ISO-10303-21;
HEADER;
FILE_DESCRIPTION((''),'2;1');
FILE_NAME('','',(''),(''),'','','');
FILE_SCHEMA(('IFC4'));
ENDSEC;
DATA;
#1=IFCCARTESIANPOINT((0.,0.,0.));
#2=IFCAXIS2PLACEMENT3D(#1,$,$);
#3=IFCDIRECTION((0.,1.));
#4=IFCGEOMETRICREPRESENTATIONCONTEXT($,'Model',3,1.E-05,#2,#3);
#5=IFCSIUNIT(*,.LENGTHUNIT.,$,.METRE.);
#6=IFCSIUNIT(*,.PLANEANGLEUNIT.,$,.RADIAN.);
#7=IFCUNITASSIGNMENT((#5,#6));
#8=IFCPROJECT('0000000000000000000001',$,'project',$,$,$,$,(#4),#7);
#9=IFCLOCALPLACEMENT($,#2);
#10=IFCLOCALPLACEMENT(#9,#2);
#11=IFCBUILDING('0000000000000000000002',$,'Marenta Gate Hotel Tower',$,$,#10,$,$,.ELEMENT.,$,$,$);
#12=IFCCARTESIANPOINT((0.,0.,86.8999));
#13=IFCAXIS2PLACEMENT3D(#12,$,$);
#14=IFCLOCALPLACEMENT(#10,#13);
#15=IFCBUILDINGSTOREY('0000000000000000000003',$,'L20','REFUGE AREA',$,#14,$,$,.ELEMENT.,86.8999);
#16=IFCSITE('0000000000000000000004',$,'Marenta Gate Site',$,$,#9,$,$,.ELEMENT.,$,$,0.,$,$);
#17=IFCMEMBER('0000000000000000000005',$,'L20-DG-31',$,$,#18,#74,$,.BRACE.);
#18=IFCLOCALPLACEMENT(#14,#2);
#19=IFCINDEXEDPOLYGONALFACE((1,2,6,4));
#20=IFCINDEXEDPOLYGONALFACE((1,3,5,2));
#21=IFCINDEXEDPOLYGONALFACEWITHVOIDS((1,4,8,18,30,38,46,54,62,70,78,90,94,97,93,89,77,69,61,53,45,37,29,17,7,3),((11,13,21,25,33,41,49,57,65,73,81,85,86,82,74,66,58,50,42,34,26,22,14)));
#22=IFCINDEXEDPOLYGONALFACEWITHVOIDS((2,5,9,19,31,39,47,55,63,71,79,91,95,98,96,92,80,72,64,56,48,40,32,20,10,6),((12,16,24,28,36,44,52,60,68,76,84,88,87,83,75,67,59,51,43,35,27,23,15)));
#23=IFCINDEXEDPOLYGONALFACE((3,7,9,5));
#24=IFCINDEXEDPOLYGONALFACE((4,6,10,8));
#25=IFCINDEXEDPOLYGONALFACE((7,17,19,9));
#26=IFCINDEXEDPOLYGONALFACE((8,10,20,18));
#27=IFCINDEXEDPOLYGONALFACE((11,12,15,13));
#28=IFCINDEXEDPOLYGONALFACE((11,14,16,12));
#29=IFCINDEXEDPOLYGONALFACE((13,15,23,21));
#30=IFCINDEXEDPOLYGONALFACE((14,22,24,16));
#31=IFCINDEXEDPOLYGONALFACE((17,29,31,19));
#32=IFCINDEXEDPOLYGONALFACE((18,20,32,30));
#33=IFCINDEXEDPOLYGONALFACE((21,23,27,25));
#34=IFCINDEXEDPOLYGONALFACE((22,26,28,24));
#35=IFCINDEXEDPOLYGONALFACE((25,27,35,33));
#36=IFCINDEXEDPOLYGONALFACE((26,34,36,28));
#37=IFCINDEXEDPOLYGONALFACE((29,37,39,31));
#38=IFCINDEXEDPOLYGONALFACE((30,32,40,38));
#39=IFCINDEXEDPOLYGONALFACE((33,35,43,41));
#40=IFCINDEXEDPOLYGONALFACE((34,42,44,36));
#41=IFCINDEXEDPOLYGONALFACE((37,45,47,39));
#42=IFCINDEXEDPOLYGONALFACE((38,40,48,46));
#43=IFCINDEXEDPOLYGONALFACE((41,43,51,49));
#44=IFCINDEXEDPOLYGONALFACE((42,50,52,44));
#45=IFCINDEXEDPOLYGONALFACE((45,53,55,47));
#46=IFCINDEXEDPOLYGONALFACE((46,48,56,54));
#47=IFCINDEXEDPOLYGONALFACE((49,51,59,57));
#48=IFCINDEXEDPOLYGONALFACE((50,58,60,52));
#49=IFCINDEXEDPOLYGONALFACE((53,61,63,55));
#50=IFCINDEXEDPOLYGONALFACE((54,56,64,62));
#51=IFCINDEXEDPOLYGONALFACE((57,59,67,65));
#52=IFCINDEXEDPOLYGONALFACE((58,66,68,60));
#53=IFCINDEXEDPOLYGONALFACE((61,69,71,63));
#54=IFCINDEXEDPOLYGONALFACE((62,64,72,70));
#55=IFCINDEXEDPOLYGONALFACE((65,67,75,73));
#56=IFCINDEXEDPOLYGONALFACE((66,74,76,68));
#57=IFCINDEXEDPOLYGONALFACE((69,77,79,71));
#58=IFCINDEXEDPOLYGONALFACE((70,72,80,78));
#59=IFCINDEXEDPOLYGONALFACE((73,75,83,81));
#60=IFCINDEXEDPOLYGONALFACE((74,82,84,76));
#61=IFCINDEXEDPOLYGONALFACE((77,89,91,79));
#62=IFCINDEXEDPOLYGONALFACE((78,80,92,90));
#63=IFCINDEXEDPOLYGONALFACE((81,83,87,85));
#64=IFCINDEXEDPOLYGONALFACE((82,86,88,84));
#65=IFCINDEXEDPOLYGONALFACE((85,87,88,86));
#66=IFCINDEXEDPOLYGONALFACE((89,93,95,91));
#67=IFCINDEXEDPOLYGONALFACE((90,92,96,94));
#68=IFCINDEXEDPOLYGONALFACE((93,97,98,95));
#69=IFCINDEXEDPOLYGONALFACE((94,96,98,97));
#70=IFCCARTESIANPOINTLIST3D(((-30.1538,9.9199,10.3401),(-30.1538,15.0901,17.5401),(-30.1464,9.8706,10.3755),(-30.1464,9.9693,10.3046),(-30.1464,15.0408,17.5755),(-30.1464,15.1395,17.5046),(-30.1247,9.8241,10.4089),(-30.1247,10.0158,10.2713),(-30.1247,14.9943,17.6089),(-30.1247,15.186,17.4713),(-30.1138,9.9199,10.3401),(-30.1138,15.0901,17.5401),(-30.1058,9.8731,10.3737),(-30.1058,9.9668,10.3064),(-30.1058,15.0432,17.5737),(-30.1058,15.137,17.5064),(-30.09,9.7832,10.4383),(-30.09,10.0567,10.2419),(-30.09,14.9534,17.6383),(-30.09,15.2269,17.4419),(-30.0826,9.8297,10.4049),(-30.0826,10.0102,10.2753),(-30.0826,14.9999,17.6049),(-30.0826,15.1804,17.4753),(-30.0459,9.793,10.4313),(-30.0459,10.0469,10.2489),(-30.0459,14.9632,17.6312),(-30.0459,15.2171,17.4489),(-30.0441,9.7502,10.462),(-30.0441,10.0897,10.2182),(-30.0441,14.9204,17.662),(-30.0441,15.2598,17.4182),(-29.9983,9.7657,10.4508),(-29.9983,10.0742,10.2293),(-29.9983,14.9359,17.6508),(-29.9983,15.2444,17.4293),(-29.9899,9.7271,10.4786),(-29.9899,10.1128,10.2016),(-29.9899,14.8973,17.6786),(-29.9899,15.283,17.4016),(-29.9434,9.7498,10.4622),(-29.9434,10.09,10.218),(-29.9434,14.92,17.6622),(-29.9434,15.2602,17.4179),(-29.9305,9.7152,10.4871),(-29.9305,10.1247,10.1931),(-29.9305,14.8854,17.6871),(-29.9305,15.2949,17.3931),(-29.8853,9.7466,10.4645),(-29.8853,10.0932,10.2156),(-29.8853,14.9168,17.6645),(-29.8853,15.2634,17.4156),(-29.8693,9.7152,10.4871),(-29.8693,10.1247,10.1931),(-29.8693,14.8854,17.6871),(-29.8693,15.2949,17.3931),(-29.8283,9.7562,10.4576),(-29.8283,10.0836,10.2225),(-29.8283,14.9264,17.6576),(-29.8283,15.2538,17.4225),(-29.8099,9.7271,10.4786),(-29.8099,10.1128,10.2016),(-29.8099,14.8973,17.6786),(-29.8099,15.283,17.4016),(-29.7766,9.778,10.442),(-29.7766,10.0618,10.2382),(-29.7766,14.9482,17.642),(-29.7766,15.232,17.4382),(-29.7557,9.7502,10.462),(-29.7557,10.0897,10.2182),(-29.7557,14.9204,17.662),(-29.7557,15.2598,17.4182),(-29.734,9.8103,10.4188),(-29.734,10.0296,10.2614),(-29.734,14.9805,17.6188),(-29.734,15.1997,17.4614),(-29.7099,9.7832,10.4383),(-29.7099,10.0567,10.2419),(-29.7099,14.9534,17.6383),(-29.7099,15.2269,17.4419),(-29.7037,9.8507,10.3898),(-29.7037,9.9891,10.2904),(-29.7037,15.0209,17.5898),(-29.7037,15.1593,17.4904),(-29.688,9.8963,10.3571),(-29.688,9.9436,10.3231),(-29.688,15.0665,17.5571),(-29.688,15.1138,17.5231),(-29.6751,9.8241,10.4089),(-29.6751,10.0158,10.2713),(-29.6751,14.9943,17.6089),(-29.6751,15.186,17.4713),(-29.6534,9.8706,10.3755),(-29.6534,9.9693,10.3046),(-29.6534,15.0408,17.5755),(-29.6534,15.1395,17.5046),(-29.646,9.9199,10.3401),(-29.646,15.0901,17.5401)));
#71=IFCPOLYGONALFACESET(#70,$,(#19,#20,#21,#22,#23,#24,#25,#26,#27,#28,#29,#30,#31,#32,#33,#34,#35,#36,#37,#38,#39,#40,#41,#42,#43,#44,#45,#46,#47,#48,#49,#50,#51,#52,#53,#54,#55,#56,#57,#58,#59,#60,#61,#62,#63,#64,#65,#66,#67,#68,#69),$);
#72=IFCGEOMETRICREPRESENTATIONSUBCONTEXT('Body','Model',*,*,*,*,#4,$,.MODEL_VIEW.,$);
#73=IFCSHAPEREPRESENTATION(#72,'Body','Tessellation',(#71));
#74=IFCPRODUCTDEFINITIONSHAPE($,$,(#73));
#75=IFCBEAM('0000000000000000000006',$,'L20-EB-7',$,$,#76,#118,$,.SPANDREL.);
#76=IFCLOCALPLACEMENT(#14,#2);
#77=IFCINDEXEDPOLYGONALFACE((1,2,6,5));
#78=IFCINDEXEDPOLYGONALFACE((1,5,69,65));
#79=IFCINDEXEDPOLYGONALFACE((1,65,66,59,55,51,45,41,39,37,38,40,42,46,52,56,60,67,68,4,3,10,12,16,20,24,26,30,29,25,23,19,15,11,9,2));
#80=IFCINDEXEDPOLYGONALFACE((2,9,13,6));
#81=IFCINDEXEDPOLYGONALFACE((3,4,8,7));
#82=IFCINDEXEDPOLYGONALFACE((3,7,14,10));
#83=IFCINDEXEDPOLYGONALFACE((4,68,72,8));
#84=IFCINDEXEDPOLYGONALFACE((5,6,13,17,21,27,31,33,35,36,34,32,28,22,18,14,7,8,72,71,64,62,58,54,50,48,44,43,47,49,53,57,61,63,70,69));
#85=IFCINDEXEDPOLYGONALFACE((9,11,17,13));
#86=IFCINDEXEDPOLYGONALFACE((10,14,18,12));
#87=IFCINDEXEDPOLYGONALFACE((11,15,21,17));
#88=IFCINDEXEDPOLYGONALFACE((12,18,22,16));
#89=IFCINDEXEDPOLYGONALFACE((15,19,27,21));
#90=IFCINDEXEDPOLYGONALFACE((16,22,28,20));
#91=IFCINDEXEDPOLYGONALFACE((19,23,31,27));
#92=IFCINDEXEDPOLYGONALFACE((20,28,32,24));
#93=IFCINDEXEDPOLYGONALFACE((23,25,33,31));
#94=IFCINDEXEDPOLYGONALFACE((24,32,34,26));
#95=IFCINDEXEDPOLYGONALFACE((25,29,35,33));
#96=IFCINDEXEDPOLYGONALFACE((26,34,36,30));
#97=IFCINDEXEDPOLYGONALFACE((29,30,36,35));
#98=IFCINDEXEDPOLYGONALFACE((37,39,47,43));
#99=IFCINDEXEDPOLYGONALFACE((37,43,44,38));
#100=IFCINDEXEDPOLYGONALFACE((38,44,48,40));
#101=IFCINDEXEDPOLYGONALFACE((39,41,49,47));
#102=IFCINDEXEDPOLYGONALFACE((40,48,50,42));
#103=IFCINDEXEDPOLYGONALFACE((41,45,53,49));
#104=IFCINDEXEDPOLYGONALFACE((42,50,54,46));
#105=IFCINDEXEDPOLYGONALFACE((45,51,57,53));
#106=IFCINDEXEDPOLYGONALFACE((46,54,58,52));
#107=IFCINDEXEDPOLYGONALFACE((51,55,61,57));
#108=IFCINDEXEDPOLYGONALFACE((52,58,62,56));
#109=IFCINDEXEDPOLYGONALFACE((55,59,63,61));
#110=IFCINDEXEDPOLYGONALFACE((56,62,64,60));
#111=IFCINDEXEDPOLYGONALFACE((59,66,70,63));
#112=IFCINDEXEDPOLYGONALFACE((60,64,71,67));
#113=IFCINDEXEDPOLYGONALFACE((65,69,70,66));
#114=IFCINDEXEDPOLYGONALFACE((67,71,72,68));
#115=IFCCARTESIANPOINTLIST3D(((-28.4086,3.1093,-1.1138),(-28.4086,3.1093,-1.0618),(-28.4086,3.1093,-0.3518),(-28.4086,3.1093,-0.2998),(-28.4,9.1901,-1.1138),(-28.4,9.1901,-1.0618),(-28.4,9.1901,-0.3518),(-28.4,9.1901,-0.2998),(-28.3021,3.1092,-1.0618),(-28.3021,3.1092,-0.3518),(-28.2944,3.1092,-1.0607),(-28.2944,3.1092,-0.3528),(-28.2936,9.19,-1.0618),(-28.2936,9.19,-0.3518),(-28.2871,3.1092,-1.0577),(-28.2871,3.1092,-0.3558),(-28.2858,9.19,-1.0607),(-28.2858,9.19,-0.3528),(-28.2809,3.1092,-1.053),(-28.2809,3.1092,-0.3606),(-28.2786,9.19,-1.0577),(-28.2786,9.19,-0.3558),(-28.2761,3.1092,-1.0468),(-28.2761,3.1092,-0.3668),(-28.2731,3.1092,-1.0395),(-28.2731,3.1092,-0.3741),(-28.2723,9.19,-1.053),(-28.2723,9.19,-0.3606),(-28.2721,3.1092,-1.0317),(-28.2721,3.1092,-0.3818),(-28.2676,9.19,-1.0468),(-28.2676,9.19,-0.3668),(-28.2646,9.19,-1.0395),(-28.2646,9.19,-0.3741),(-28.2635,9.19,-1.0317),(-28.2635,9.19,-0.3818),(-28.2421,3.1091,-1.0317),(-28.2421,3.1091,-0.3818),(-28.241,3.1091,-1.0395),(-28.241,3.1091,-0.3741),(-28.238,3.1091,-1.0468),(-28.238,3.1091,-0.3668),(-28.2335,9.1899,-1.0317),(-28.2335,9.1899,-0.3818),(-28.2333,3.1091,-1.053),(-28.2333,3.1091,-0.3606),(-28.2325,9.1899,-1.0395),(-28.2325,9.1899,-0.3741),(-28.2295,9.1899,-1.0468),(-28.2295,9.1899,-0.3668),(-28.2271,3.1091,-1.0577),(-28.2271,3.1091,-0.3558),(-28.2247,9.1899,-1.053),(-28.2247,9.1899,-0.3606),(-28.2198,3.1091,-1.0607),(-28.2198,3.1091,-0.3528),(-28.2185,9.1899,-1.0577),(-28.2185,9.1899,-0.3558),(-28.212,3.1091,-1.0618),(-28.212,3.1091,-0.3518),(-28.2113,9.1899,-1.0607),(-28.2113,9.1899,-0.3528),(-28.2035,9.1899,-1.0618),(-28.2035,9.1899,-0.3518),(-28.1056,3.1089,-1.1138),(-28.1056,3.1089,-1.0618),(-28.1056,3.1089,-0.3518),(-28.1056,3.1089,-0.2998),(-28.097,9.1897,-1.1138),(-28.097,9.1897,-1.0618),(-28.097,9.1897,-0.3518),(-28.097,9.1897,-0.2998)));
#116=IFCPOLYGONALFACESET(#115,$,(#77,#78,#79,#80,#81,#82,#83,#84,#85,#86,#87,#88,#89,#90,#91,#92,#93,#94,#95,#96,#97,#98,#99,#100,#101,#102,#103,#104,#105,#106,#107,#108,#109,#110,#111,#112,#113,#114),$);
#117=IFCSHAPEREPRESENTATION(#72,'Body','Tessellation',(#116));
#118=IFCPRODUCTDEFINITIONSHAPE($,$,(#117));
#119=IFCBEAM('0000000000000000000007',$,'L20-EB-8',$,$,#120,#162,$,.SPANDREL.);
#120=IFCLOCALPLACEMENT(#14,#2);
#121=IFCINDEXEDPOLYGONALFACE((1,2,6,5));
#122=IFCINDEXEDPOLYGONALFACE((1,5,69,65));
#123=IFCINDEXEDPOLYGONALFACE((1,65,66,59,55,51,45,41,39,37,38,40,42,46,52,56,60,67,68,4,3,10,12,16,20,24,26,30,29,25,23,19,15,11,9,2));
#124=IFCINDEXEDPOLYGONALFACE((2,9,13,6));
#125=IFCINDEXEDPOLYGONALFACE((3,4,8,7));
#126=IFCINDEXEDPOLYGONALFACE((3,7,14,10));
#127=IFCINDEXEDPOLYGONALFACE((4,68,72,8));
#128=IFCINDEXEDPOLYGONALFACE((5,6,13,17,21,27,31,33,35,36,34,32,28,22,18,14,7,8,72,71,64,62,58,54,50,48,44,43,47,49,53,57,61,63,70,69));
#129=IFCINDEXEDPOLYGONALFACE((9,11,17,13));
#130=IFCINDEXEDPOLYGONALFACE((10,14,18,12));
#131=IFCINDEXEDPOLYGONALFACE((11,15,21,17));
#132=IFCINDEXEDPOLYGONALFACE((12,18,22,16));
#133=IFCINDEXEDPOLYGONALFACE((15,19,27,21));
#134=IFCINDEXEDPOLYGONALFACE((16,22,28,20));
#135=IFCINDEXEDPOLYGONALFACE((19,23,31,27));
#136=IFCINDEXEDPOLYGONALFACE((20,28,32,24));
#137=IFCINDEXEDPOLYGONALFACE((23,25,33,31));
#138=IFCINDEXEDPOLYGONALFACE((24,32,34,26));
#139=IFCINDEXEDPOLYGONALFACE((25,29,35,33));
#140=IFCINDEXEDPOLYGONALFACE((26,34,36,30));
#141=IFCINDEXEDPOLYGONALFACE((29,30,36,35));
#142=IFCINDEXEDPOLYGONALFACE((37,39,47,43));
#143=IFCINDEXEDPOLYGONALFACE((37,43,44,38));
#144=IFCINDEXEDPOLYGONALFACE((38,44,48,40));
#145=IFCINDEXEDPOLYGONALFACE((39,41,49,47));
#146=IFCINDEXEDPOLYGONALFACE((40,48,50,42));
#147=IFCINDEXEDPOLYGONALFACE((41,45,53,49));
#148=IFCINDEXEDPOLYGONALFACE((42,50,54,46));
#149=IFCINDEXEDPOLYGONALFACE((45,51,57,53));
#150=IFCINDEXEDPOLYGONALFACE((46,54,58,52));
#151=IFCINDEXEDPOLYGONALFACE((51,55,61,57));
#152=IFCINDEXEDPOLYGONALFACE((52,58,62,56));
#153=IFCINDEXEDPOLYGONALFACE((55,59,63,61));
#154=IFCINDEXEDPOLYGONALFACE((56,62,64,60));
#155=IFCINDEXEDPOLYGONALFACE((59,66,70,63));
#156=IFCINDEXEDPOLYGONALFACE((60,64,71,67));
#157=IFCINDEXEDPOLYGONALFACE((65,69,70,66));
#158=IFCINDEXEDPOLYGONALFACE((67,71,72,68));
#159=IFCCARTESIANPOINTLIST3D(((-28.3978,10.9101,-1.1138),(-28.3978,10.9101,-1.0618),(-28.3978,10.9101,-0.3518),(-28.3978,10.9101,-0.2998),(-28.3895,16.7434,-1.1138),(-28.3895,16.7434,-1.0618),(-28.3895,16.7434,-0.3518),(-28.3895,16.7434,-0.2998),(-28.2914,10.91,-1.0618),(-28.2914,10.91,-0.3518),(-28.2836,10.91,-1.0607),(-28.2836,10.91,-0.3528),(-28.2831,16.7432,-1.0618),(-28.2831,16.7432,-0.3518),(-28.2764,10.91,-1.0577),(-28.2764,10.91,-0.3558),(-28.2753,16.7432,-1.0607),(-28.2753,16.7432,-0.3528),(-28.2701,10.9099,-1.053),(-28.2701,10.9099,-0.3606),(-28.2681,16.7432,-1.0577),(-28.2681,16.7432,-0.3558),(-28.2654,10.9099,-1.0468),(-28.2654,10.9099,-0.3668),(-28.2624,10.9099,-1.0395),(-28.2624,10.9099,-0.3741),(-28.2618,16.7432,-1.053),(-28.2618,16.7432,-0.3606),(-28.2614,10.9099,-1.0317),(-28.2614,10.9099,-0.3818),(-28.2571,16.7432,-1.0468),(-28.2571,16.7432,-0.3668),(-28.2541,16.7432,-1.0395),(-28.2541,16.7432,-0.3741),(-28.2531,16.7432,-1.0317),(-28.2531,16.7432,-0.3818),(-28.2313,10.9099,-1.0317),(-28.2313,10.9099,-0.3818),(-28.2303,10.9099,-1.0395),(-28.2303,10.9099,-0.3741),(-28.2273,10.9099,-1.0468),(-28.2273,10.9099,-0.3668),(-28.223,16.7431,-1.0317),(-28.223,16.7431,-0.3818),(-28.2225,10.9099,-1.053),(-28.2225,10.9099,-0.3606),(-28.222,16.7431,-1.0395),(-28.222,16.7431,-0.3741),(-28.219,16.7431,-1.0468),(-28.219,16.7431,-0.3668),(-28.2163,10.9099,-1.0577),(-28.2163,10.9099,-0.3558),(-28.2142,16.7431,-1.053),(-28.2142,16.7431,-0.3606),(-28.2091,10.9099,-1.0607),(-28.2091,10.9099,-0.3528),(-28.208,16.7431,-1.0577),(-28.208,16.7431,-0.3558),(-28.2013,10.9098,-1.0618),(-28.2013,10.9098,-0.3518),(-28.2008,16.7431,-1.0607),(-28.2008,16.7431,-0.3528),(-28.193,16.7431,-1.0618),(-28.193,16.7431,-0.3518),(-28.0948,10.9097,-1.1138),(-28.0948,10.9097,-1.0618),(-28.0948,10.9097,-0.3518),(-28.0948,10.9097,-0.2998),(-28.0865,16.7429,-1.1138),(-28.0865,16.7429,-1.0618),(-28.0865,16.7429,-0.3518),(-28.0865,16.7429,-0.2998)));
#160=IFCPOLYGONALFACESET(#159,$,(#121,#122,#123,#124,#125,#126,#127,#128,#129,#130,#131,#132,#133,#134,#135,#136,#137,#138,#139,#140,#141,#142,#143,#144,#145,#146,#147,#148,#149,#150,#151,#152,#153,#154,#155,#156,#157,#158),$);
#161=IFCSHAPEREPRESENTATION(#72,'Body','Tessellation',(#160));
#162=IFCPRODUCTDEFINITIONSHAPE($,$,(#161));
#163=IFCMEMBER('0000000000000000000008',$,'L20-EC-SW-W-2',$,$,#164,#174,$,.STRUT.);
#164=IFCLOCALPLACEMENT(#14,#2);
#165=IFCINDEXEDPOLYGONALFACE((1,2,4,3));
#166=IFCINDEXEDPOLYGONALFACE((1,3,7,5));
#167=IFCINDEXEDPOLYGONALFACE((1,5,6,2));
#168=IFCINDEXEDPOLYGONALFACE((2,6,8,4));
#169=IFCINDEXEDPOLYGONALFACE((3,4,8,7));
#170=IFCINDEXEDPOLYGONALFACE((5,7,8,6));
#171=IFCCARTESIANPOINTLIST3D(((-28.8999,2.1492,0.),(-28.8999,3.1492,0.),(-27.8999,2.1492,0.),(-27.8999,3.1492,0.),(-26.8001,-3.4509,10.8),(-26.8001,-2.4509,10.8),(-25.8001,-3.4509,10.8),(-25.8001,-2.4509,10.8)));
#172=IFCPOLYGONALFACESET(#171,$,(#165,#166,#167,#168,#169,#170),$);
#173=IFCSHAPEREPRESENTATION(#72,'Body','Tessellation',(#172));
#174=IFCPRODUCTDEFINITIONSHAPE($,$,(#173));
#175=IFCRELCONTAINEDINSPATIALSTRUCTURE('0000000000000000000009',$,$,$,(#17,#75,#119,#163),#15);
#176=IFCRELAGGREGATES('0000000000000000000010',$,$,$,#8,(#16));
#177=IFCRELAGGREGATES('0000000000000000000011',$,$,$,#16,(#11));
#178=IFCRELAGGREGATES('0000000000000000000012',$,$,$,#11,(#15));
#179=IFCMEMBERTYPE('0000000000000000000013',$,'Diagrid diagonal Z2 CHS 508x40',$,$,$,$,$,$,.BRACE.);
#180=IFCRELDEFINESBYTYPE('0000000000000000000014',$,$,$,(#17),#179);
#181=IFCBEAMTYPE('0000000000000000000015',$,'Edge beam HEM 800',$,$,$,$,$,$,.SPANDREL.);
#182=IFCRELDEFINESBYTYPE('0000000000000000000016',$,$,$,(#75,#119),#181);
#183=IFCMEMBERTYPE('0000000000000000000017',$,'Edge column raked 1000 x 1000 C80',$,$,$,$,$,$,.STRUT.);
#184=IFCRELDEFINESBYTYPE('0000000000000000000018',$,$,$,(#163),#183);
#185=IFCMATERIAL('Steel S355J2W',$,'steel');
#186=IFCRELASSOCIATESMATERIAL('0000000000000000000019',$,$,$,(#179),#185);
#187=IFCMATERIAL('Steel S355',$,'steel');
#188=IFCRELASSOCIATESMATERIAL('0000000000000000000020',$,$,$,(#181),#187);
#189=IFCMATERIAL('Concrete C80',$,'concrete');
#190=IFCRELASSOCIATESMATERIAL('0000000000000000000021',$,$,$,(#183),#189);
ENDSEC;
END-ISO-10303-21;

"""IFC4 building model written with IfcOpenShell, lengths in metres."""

from ifc_helpers import new_model, si_unit, direction, frame, origin, origin_2d, place, context, subcontext, project, spatial, rectangle, hollow_circle, i_section, extrude, material, material_profile, profile_set, type_object, element, save


model = new_model("IFC4")

# Units and contexts
model_context = context("Model", 3, precision=1e-05, world=origin(), true_north=direction((0.0, 1.0)))
body_context = subcontext(model_context, "Body", "Model", "MODEL_VIEW")
ifc_project = project(units=[si_unit("LENGTHUNIT", "METRE"), si_unit("PLANEANGLEUNIT", "RADIAN")], contexts=[model_context])

# Site, building, storey
site_placement = place(None, origin())
site = spatial("IfcSite", under=ifc_project, at=site_placement, Name="Marenta Gate Site", CompositionType="ELEMENT", RefElevation=0.0)
building_placement = place(site_placement, origin())
building = spatial("IfcBuilding", under=site, at=building_placement, Name="Marenta Gate Hotel Tower", CompositionType="ELEMENT")
storey_placement = place(building_placement, frame((0.0, 0.0, 86.8999)))
storey = spatial("IfcBuildingStorey", under=building, at=storey_placement, Name="L20", Description="REFUGE AREA", CompositionType="ELEMENT", Elevation=86.8999)

# Member
ifc_material_1 = material(Name="Steel S355J2W", Category="steel")
ifc_material_profile_1 = material_profile(ifc_material_1, hollow_circle(Radius=0.2539, WallThickness=0.04, at=origin_2d()), Name="CHS 508x40")
ifc_profile_set_1 = profile_set([ifc_material_profile_1], Name="Steel S355J2W")
member_type_1 = type_object("IfcMemberType", Name="Diagrid diagonal Z2 CHS 508x40", PredefinedType="BRACE", material=ifc_profile_set_1)
member_1_placement = place(storey_placement, frame((-29.8999, 9.9199, 10.3401), z_axis=(0.0, 0.583279, 0.812272), x_axis=(-1.0, 0.0, 0.0)))
element("IfcMember", 1, at=member_1_placement, inside=storey, type_object=member_type_1, Name="L20-DG-31", PredefinedType="BRACE", context=body_context, shape_type="SweptSolid", body=[
    extrude(hollow_circle(Radius=0.2539, WallThickness=0.04, at=origin_2d()), origin(), (0.0, 0.0, 1.0), 8.864),
])

# Beams
ifc_material_2 = material(Name="Steel S355", Category="steel")
ifc_material_profile_2 = material_profile(ifc_material_2, i_section(OverallWidth=0.303, OverallDepth=0.814, WebThickness=0.03, FlangeThickness=0.052, FilletRadius=0.03, at=origin_2d()), Name="HEM 800")
ifc_profile_set_2 = profile_set([ifc_material_profile_2], Name="Steel S355")
beam_type_1 = type_object("IfcBeamType", Name="Edge beam HEM 800", PredefinedType="SPANDREL", material=ifc_profile_set_2)
beam_1_placement = place(storey_placement, frame((-28.2571, 3.1091, -0.7068), z_axis=(0.001405, 0.999999, 0.0), x_axis=(-0.999999, 0.001405, 0.0)))
element("IfcBeam", 2, at=beam_1_placement, inside=storey, type_object=beam_type_1, Name="L20-EB-7", PredefinedType="SPANDREL", context=body_context, shape_type="SweptSolid", body=[
    extrude(i_section(OverallWidth=0.303, OverallDepth=0.814, WebThickness=0.03, FlangeThickness=0.052, FilletRadius=0.03, at=origin_2d()), origin(), (0.0, 0.0, 1.0), 6.0808),
])
beam_2_placement = place(storey_placement, frame((-28.2463, 10.9099, -0.7068), z_axis=(0.001423, 0.999999, 0.0), x_axis=(-0.999999, 0.001423, 0.0)))
element("IfcBeam", 3, at=beam_2_placement, inside=storey, type_object=beam_type_1, Name="L20-EB-8", PredefinedType="SPANDREL", context=body_context, shape_type="SweptSolid", body=[
    extrude(i_section(OverallWidth=0.303, OverallDepth=0.814, WebThickness=0.03, FlangeThickness=0.052, FilletRadius=0.03, at=origin_2d()), origin(), (0.0, 0.0, 1.0), 5.8333),
])

# Member
ifc_material_3 = material(Name="Concrete C80", Category="concrete")
ifc_material_profile_3 = material_profile(ifc_material_3, rectangle(XDim=1.0, YDim=1.0, at=origin_2d()), Name="1000 x 1000")
ifc_profile_set_3 = profile_set([ifc_material_profile_3], Name="Concrete C80")
member_type_2 = type_object("IfcMemberType", Name="Edge column raked 1000 x 1000 C80", PredefinedType="STRUT", material=ifc_profile_set_3)
member_2_placement = place(storey_placement, frame((-28.3999, 2.6492, 0.0), z_axis=(0.0, 0.0, 1.0), x_axis=(1.0, 0.0, 0.0)))
element("IfcMember", 4, at=member_2_placement, inside=storey, type_object=member_type_2, Name="L20-EC-SW-W-2", PredefinedType="STRUT", context=body_context, shape_type="SweptSolid", body=[
    extrude(rectangle(XDim=1.0, YDim=1.0, at=origin_2d()), origin(), (0.170091, -0.453614, 0.874816), 12.3455),
])

save(model, "model.ifc")
